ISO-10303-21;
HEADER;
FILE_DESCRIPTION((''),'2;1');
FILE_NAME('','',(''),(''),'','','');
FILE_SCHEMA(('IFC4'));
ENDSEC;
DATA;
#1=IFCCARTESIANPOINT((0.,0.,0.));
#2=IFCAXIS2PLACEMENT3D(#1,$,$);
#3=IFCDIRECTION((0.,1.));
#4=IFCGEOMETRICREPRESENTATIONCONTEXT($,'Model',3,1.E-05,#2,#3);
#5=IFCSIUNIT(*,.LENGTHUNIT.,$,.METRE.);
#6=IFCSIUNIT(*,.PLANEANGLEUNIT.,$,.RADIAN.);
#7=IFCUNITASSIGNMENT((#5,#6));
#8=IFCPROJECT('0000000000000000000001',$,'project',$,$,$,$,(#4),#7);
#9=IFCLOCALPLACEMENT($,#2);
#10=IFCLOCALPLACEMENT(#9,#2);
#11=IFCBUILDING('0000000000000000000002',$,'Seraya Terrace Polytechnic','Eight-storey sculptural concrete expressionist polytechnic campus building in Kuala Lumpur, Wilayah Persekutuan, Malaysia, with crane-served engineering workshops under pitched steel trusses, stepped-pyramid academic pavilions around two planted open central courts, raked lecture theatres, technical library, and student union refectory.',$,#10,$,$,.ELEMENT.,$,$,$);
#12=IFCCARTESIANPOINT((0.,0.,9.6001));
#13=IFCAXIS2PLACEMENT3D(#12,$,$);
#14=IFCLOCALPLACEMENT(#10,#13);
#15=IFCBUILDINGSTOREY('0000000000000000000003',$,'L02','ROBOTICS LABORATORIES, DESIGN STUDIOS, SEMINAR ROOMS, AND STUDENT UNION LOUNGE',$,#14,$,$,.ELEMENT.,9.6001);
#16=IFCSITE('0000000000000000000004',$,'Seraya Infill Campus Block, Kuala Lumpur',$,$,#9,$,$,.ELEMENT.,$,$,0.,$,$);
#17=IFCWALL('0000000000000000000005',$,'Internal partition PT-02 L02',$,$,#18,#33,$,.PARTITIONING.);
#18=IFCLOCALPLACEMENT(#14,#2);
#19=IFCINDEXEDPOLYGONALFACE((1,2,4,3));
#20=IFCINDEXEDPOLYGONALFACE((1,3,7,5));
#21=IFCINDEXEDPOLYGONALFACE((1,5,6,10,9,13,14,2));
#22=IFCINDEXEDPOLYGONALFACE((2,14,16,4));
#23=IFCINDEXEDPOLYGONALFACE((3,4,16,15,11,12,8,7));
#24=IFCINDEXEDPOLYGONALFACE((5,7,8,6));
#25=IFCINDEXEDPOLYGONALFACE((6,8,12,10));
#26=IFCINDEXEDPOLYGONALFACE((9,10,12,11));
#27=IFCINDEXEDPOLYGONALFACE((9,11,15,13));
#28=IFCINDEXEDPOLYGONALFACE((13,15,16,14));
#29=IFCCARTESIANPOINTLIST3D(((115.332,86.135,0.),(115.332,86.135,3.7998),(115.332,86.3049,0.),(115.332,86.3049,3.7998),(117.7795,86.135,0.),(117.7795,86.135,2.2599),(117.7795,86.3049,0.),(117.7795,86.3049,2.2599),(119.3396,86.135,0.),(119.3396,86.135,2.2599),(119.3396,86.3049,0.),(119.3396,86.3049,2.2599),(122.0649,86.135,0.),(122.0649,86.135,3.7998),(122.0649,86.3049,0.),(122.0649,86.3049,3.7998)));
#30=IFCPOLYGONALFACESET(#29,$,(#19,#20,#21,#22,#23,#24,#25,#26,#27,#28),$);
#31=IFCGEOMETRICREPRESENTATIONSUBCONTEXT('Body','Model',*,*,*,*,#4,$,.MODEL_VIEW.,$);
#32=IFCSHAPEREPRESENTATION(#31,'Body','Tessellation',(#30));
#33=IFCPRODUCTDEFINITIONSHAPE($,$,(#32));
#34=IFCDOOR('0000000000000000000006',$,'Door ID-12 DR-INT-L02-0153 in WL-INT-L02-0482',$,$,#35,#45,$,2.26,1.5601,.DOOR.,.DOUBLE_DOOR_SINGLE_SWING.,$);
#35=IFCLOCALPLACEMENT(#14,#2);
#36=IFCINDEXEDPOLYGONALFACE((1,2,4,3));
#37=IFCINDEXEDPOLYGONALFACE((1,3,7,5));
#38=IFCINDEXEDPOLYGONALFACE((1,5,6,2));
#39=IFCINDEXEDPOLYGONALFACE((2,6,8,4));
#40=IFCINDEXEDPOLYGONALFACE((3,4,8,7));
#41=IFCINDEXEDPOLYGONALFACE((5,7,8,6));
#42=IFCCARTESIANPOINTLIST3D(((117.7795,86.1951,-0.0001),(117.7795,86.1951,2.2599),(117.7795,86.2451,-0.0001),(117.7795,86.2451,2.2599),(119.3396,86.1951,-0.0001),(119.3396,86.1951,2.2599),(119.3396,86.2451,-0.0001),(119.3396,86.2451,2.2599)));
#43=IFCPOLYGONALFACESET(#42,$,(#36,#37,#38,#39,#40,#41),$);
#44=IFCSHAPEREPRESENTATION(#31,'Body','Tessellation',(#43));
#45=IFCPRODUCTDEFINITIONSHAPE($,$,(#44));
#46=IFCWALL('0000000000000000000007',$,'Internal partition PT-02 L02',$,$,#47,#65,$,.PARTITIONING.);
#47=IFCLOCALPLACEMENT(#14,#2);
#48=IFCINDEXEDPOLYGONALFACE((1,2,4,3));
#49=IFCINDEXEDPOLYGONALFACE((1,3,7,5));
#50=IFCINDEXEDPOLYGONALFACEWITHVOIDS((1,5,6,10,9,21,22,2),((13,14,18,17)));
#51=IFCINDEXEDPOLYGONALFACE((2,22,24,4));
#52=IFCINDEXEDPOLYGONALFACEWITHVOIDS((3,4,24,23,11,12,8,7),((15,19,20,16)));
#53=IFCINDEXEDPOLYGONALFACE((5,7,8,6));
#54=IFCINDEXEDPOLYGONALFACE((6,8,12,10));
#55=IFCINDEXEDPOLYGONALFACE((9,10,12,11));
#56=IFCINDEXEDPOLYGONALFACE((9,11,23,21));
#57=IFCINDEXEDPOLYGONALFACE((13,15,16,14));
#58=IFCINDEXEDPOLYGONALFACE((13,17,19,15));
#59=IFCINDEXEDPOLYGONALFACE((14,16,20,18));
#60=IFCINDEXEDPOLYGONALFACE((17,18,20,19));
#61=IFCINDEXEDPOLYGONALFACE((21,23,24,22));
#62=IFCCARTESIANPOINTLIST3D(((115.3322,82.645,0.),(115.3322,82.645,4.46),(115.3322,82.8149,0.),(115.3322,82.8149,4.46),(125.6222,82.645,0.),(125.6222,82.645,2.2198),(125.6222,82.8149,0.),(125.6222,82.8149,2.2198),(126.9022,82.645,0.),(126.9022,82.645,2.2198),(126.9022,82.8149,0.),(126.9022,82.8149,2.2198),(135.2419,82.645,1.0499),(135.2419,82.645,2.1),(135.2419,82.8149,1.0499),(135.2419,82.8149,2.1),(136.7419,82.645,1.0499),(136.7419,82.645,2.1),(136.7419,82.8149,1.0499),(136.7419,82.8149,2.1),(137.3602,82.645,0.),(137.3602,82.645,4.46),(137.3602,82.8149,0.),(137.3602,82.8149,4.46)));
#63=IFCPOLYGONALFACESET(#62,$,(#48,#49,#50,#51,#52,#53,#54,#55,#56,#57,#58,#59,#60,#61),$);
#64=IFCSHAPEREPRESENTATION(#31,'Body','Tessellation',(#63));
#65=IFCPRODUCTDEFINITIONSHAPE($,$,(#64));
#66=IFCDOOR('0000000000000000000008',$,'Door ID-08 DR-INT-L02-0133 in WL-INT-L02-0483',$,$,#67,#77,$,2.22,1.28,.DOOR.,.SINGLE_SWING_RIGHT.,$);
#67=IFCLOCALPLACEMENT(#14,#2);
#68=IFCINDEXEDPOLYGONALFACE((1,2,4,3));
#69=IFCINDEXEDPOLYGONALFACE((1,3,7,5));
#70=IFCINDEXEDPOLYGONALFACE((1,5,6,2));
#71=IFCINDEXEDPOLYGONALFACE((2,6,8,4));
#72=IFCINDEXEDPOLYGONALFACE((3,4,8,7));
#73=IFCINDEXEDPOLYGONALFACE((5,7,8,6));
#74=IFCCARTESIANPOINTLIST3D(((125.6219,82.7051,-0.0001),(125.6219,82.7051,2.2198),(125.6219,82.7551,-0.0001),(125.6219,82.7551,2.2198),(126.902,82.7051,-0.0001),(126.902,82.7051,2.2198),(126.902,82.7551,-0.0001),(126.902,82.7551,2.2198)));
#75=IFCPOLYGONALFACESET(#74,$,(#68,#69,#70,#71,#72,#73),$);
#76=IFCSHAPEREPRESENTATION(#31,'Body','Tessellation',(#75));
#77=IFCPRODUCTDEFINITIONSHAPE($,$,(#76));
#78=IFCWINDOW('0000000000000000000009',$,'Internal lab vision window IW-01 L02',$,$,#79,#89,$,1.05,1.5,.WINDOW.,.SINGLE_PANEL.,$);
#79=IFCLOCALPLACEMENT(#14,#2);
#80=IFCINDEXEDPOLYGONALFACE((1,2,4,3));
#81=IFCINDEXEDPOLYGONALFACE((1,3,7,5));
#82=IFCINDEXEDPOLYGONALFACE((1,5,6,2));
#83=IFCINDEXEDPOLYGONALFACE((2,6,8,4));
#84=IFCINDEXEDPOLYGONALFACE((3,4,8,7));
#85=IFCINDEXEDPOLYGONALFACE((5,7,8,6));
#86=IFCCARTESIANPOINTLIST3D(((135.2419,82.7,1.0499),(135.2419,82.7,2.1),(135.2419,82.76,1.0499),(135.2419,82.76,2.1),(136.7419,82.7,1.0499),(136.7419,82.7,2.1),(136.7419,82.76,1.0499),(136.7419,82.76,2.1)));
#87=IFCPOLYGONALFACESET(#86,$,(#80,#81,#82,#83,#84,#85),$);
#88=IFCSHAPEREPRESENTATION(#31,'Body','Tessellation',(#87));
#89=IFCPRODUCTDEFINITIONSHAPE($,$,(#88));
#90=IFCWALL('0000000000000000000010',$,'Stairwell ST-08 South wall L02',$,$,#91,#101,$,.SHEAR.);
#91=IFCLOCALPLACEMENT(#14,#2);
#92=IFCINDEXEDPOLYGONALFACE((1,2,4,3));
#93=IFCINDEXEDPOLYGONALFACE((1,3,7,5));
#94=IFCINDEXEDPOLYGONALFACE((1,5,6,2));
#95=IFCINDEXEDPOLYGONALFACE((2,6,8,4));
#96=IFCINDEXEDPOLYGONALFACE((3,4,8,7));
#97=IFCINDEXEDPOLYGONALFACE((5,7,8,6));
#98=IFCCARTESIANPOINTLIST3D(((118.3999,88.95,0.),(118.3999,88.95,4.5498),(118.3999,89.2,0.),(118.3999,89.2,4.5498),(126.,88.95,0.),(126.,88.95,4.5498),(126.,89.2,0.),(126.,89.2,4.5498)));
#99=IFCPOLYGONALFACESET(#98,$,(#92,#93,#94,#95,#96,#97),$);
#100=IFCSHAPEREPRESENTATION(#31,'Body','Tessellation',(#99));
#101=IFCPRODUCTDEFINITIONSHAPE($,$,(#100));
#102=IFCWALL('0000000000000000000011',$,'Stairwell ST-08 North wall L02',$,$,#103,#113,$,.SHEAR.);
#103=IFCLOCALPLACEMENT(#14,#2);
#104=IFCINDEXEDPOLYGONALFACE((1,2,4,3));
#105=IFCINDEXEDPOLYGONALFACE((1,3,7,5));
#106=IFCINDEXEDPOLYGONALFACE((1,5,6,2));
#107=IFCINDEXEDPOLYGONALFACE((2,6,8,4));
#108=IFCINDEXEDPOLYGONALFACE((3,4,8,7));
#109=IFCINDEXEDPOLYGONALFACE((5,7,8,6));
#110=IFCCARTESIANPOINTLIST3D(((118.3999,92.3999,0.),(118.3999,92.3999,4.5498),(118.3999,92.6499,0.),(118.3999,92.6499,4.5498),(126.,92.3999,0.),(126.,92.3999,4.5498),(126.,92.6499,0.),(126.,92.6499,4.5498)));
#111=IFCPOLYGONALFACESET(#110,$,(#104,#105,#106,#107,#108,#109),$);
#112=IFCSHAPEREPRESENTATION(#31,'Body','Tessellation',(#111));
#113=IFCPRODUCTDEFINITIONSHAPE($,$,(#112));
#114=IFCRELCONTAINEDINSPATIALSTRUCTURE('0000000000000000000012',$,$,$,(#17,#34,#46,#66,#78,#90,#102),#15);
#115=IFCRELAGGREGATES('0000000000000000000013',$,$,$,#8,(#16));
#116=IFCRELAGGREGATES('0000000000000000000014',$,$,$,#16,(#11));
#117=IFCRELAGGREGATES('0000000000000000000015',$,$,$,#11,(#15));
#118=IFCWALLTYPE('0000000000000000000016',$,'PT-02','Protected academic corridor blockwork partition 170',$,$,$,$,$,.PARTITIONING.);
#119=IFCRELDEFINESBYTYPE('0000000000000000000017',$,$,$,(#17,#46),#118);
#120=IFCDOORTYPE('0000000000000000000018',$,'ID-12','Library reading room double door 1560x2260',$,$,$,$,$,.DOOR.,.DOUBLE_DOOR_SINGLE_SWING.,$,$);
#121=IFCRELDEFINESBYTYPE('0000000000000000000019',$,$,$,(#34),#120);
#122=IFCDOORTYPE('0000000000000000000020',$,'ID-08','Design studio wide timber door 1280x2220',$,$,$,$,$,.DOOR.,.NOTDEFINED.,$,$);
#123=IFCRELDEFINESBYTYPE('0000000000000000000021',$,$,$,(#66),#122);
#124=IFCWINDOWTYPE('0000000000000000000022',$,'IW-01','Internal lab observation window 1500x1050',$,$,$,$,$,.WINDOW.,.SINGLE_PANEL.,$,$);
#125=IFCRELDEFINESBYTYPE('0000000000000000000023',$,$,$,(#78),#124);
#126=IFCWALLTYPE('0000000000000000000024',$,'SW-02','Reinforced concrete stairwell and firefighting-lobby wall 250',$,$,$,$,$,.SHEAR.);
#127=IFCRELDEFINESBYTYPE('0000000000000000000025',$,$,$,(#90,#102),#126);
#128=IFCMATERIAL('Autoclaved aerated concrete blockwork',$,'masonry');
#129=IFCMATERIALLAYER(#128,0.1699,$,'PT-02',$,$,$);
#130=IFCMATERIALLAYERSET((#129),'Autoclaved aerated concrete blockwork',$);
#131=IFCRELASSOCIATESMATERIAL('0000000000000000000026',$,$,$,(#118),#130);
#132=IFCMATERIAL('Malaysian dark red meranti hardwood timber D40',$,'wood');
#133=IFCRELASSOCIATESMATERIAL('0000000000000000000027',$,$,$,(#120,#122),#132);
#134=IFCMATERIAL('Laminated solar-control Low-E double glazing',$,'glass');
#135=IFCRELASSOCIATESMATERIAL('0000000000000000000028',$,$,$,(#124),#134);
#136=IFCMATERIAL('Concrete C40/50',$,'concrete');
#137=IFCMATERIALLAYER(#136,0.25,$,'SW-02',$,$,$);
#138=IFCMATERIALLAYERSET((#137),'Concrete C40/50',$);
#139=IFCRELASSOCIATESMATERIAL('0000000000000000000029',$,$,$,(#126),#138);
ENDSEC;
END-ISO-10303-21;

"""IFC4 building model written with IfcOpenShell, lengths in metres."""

from ifc_helpers import new_model, si_unit, direction, frame, frame_2d, origin, place, context, subcontext, project, spatial, rectangle, extrude, material, layer, layer_set, type_object, element, fill, save


model = new_model("IFC4")

# Units and contexts
model_context = context("Model", 3, precision=1e-05, world=origin(), true_north=direction((0.0, 1.0)))
body_context = subcontext(model_context, "Body", "Model", "MODEL_VIEW")
ifc_project = project(units=[si_unit("LENGTHUNIT", "METRE"), si_unit("PLANEANGLEUNIT", "RADIAN")], contexts=[model_context])

# Site, building, storey
site_placement = place(None, origin())
site = spatial("IfcSite", under=ifc_project, at=site_placement, Name="Seraya Infill Campus Block, Kuala Lumpur", CompositionType="ELEMENT", RefElevation=0.0)
building_placement = place(site_placement, origin())
building = spatial("IfcBuilding", under=site, at=building_placement, Name="Seraya Terrace Polytechnic", Description="Eight-storey sculptural concrete expressionist polytechnic campus building in Kuala Lumpur, Wilayah Persekutuan, Malaysia, with crane-served engineering workshops under pitched steel trusses, stepped-pyramid academic pavilions around two planted open central courts, raked lecture theatres, technical library, and student union refectory.", CompositionType="ELEMENT")
storey_placement = place(building_placement, frame((0.0, 0.0, 9.6001)))
storey = spatial("IfcBuildingStorey", under=building, at=storey_placement, Name="L02", Description="ROBOTICS LABORATORIES, DESIGN STUDIOS, SEMINAR ROOMS, AND STUDENT UNION LOUNGE", CompositionType="ELEMENT", Elevation=9.6001)

# Shared definitions
ifc_material_1 = material(Name="Concrete C40/50", Category="concrete")

# Shared definitions
ifc_material_2 = material(Name="Laminated solar-control Low-E double glazing", Category="glass")

# Wall, opening, door
ifc_material_3 = material(Name="Autoclaved aerated concrete blockwork", Category="masonry")
ifc_layer_1 = layer(ifc_material_3, 0.1699, Name="PT-02")
ifc_layer_set_1 = layer_set([ifc_layer_1], Name="Autoclaved aerated concrete blockwork")
wall_type_1 = type_object("IfcWallType", Name="PT-02", Description="Protected academic corridor blockwork partition 170", PredefinedType="PARTITIONING", material=ifc_layer_set_1)
wall_1_placement = place(storey_placement, frame((115.332, 86.22, 0.0), z_axis=(0.0, 0.0, 1.0), x_axis=(1.0, 0.0, 0.0)))
wall_1 = element("IfcWall", 1, at=wall_1_placement, inside=storey, type_object=wall_type_1, Name="Internal partition PT-02 L02", PredefinedType="PARTITIONING", context=body_context, shape_type="SweptSolid", body=[
    extrude(rectangle(XDim=6.7329, YDim=0.1699, at=frame_2d((3.3665, 0.0))), origin(), (0.0, 0.0, 1.0), 3.7998),
])
opening_1_placement = place(wall_1_placement, frame((2.4475, 0.0, 0.0)))
opening_1 = element("IfcOpeningElement", 2, at=opening_1_placement, cuts=wall_1, PredefinedType="OPENING", context=body_context, shape_type="SweptSolid", body=[
    extrude(rectangle(XDim=1.5601, YDim=2.26, at=frame_2d((0.78, 1.1299))), frame((0.0, 0.0969, 0.0), z_axis=(0.0, -1.0, 0.0), x_axis=(1.0, 0.0, 0.0)), (0.0, 0.0, 1.0), 0.1938),
])
ifc_material_4 = material(Name="Malaysian dark red meranti hardwood timber D40", Category="wood")
door_type_1 = type_object("IfcDoorType", Name="ID-12", Description="Library reading room double door 1560x2260", OperationType="DOUBLE_DOOR_SINGLE_SWING", PredefinedType="DOOR", material=ifc_material_4)
door_1_placement = place(opening_1_placement, frame((1.5601, 0.0, 0.0), z_axis=(0.0, 0.0, 1.0), x_axis=(-1.0, 0.0, 0.0)))
door_1 = element("IfcDoor", 3, at=door_1_placement, inside=storey, type_object=door_type_1, Name="Door ID-12 DR-INT-L02-0153 in WL-INT-L02-0482", OperationType="DOUBLE_DOOR_SINGLE_SWING", OverallHeight=2.26, OverallWidth=1.5601, PredefinedType="DOOR", context=body_context, shape_type="SweptSolid", body=[
    extrude(rectangle(XDim=1.5601, YDim=2.26, at=frame_2d((0.78, 1.1299))), frame((0.0, 0.0249, 0.0), z_axis=(0.0, -1.0, 0.0), x_axis=(1.0, 0.0, 0.0)), (0.0, 0.0, 1.0), 0.05),
])
fill(opening_1, door_1)

# Wall, openings, door, window
wall_2_placement = place(storey_placement, frame((115.332, 82.73, 0.0), z_axis=(0.0, 0.0, 1.0), x_axis=(1.0, 0.0, 0.0)))
wall_2 = element("IfcWall", 4, at=wall_2_placement, inside=storey, type_object=wall_type_1, Name="Internal partition PT-02 L02", PredefinedType="PARTITIONING", context=body_context, shape_type="SweptSolid", body=[
    extrude(rectangle(XDim=22.0281, YDim=0.1699, at=frame_2d((11.0142, 0.0))), origin(), (0.0, 0.0, 1.0), 4.46),
])
opening_2_placement = place(wall_2_placement, frame((10.29, 0.0, 0.0)))
opening_2 = element("IfcOpeningElement", 5, at=opening_2_placement, cuts=wall_2, PredefinedType="OPENING", context=body_context, shape_type="SweptSolid", body=[
    extrude(rectangle(XDim=1.28, YDim=2.22, at=frame_2d((0.6401, 1.1099))), frame((0.0, 0.0969, 0.0), z_axis=(0.0, -1.0, 0.0), x_axis=(1.0, 0.0, 0.0)), (0.0, 0.0, 1.0), 0.1938),
])
opening_3_placement = place(wall_2_placement, frame((19.9099, 0.0, 1.05)))
opening_3 = element("IfcOpeningElement", 6, at=opening_3_placement, cuts=wall_2, PredefinedType="OPENING", context=body_context, shape_type="SweptSolid", body=[
    extrude(rectangle(XDim=1.5, YDim=1.05, at=frame_2d((0.75, 0.5249))), frame((0.0, 0.0969, 0.0), z_axis=(0.0, -1.0, 0.0), x_axis=(1.0, 0.0, 0.0)), (0.0, 0.0, 1.0), 0.1938),
])
door_type_2 = type_object("IfcDoorType", Name="ID-08", Description="Design studio wide timber door 1280x2220", OperationType="NOTDEFINED", PredefinedType="DOOR", material=ifc_material_4)
door_2_placement = place(opening_2_placement, frame((1.28, 0.0, 0.0), z_axis=(0.0, 0.0, 1.0), x_axis=(-1.0, 0.0, 0.0)))
door_2 = element("IfcDoor", 7, at=door_2_placement, inside=storey, type_object=door_type_2, Name="Door ID-08 DR-INT-L02-0133 in WL-INT-L02-0483", OperationType="SINGLE_SWING_RIGHT", OverallHeight=2.22, OverallWidth=1.28, PredefinedType="DOOR", context=body_context, shape_type="SweptSolid", body=[
    extrude(rectangle(XDim=1.28, YDim=2.22, at=frame_2d((0.6401, 1.1099))), frame((0.0, 0.0249, 0.0), z_axis=(0.0, -1.0, 0.0), x_axis=(1.0, 0.0, 0.0)), (0.0, 0.0, 1.0), 0.05),
])
fill(opening_2, door_2)
window_type_1 = type_object("IfcWindowType", Name="IW-01", Description="Internal lab observation window 1500x1050", PartitioningType="SINGLE_PANEL", PredefinedType="WINDOW", material=ifc_material_2)
window_1_placement = place(opening_3_placement, origin())
window_1 = element("IfcWindow", 8, at=window_1_placement, inside=storey, type_object=window_type_1, Name="Internal lab vision window IW-01 L02", OverallHeight=1.05, OverallWidth=1.5, PartitioningType="SINGLE_PANEL", PredefinedType="WINDOW", context=body_context, shape_type="SweptSolid", body=[
    extrude(rectangle(XDim=1.5, YDim=1.05, at=frame_2d((0.75, 0.5249))), frame((0.0, 0.03, 0.0), z_axis=(0.0, -1.0, 0.0), x_axis=(1.0, 0.0, 0.0)), (0.0, 0.0, 1.0), 0.0601),
])
fill(opening_3, window_1)

# Shared definitions
ifc_layer_2 = layer(ifc_material_1, 0.25, Name="SW-02")
ifc_layer_set_2 = layer_set([ifc_layer_2], Name="Concrete C40/50")
wall_type_2 = type_object("IfcWallType", Name="SW-02", Description="Reinforced concrete stairwell and firefighting-lobby wall 250", PredefinedType="SHEAR", material=ifc_layer_set_2)

# Walls
for number, where, z_axis, x_axis, name in (
    (9, (118.3999, 89.075, 0.0), (0.0, 0.0, 1.0), (1.0, 0.0, 0.0), "Stairwell ST-08 South wall L02"),
    (10, (118.3999, 92.5249, 0.0), (0.0, 0.0, 1.0), (1.0, 0.0, 0.0), "Stairwell ST-08 North wall L02"),
):
    element("IfcWall", number, at=place(storey_placement, frame(where, z_axis=z_axis, x_axis=x_axis)), inside=storey, type_object=wall_type_2, Name=name, PredefinedType="SHEAR", context=body_context, shape_type="SweptSolid", body=[
        extrude(rectangle(XDim=7.6001, YDim=0.25, at=frame_2d((3.8, 0.0))), origin(), (0.0, 0.0, 1.0), 4.5498),
    ])

save(model, "model.ifc")
